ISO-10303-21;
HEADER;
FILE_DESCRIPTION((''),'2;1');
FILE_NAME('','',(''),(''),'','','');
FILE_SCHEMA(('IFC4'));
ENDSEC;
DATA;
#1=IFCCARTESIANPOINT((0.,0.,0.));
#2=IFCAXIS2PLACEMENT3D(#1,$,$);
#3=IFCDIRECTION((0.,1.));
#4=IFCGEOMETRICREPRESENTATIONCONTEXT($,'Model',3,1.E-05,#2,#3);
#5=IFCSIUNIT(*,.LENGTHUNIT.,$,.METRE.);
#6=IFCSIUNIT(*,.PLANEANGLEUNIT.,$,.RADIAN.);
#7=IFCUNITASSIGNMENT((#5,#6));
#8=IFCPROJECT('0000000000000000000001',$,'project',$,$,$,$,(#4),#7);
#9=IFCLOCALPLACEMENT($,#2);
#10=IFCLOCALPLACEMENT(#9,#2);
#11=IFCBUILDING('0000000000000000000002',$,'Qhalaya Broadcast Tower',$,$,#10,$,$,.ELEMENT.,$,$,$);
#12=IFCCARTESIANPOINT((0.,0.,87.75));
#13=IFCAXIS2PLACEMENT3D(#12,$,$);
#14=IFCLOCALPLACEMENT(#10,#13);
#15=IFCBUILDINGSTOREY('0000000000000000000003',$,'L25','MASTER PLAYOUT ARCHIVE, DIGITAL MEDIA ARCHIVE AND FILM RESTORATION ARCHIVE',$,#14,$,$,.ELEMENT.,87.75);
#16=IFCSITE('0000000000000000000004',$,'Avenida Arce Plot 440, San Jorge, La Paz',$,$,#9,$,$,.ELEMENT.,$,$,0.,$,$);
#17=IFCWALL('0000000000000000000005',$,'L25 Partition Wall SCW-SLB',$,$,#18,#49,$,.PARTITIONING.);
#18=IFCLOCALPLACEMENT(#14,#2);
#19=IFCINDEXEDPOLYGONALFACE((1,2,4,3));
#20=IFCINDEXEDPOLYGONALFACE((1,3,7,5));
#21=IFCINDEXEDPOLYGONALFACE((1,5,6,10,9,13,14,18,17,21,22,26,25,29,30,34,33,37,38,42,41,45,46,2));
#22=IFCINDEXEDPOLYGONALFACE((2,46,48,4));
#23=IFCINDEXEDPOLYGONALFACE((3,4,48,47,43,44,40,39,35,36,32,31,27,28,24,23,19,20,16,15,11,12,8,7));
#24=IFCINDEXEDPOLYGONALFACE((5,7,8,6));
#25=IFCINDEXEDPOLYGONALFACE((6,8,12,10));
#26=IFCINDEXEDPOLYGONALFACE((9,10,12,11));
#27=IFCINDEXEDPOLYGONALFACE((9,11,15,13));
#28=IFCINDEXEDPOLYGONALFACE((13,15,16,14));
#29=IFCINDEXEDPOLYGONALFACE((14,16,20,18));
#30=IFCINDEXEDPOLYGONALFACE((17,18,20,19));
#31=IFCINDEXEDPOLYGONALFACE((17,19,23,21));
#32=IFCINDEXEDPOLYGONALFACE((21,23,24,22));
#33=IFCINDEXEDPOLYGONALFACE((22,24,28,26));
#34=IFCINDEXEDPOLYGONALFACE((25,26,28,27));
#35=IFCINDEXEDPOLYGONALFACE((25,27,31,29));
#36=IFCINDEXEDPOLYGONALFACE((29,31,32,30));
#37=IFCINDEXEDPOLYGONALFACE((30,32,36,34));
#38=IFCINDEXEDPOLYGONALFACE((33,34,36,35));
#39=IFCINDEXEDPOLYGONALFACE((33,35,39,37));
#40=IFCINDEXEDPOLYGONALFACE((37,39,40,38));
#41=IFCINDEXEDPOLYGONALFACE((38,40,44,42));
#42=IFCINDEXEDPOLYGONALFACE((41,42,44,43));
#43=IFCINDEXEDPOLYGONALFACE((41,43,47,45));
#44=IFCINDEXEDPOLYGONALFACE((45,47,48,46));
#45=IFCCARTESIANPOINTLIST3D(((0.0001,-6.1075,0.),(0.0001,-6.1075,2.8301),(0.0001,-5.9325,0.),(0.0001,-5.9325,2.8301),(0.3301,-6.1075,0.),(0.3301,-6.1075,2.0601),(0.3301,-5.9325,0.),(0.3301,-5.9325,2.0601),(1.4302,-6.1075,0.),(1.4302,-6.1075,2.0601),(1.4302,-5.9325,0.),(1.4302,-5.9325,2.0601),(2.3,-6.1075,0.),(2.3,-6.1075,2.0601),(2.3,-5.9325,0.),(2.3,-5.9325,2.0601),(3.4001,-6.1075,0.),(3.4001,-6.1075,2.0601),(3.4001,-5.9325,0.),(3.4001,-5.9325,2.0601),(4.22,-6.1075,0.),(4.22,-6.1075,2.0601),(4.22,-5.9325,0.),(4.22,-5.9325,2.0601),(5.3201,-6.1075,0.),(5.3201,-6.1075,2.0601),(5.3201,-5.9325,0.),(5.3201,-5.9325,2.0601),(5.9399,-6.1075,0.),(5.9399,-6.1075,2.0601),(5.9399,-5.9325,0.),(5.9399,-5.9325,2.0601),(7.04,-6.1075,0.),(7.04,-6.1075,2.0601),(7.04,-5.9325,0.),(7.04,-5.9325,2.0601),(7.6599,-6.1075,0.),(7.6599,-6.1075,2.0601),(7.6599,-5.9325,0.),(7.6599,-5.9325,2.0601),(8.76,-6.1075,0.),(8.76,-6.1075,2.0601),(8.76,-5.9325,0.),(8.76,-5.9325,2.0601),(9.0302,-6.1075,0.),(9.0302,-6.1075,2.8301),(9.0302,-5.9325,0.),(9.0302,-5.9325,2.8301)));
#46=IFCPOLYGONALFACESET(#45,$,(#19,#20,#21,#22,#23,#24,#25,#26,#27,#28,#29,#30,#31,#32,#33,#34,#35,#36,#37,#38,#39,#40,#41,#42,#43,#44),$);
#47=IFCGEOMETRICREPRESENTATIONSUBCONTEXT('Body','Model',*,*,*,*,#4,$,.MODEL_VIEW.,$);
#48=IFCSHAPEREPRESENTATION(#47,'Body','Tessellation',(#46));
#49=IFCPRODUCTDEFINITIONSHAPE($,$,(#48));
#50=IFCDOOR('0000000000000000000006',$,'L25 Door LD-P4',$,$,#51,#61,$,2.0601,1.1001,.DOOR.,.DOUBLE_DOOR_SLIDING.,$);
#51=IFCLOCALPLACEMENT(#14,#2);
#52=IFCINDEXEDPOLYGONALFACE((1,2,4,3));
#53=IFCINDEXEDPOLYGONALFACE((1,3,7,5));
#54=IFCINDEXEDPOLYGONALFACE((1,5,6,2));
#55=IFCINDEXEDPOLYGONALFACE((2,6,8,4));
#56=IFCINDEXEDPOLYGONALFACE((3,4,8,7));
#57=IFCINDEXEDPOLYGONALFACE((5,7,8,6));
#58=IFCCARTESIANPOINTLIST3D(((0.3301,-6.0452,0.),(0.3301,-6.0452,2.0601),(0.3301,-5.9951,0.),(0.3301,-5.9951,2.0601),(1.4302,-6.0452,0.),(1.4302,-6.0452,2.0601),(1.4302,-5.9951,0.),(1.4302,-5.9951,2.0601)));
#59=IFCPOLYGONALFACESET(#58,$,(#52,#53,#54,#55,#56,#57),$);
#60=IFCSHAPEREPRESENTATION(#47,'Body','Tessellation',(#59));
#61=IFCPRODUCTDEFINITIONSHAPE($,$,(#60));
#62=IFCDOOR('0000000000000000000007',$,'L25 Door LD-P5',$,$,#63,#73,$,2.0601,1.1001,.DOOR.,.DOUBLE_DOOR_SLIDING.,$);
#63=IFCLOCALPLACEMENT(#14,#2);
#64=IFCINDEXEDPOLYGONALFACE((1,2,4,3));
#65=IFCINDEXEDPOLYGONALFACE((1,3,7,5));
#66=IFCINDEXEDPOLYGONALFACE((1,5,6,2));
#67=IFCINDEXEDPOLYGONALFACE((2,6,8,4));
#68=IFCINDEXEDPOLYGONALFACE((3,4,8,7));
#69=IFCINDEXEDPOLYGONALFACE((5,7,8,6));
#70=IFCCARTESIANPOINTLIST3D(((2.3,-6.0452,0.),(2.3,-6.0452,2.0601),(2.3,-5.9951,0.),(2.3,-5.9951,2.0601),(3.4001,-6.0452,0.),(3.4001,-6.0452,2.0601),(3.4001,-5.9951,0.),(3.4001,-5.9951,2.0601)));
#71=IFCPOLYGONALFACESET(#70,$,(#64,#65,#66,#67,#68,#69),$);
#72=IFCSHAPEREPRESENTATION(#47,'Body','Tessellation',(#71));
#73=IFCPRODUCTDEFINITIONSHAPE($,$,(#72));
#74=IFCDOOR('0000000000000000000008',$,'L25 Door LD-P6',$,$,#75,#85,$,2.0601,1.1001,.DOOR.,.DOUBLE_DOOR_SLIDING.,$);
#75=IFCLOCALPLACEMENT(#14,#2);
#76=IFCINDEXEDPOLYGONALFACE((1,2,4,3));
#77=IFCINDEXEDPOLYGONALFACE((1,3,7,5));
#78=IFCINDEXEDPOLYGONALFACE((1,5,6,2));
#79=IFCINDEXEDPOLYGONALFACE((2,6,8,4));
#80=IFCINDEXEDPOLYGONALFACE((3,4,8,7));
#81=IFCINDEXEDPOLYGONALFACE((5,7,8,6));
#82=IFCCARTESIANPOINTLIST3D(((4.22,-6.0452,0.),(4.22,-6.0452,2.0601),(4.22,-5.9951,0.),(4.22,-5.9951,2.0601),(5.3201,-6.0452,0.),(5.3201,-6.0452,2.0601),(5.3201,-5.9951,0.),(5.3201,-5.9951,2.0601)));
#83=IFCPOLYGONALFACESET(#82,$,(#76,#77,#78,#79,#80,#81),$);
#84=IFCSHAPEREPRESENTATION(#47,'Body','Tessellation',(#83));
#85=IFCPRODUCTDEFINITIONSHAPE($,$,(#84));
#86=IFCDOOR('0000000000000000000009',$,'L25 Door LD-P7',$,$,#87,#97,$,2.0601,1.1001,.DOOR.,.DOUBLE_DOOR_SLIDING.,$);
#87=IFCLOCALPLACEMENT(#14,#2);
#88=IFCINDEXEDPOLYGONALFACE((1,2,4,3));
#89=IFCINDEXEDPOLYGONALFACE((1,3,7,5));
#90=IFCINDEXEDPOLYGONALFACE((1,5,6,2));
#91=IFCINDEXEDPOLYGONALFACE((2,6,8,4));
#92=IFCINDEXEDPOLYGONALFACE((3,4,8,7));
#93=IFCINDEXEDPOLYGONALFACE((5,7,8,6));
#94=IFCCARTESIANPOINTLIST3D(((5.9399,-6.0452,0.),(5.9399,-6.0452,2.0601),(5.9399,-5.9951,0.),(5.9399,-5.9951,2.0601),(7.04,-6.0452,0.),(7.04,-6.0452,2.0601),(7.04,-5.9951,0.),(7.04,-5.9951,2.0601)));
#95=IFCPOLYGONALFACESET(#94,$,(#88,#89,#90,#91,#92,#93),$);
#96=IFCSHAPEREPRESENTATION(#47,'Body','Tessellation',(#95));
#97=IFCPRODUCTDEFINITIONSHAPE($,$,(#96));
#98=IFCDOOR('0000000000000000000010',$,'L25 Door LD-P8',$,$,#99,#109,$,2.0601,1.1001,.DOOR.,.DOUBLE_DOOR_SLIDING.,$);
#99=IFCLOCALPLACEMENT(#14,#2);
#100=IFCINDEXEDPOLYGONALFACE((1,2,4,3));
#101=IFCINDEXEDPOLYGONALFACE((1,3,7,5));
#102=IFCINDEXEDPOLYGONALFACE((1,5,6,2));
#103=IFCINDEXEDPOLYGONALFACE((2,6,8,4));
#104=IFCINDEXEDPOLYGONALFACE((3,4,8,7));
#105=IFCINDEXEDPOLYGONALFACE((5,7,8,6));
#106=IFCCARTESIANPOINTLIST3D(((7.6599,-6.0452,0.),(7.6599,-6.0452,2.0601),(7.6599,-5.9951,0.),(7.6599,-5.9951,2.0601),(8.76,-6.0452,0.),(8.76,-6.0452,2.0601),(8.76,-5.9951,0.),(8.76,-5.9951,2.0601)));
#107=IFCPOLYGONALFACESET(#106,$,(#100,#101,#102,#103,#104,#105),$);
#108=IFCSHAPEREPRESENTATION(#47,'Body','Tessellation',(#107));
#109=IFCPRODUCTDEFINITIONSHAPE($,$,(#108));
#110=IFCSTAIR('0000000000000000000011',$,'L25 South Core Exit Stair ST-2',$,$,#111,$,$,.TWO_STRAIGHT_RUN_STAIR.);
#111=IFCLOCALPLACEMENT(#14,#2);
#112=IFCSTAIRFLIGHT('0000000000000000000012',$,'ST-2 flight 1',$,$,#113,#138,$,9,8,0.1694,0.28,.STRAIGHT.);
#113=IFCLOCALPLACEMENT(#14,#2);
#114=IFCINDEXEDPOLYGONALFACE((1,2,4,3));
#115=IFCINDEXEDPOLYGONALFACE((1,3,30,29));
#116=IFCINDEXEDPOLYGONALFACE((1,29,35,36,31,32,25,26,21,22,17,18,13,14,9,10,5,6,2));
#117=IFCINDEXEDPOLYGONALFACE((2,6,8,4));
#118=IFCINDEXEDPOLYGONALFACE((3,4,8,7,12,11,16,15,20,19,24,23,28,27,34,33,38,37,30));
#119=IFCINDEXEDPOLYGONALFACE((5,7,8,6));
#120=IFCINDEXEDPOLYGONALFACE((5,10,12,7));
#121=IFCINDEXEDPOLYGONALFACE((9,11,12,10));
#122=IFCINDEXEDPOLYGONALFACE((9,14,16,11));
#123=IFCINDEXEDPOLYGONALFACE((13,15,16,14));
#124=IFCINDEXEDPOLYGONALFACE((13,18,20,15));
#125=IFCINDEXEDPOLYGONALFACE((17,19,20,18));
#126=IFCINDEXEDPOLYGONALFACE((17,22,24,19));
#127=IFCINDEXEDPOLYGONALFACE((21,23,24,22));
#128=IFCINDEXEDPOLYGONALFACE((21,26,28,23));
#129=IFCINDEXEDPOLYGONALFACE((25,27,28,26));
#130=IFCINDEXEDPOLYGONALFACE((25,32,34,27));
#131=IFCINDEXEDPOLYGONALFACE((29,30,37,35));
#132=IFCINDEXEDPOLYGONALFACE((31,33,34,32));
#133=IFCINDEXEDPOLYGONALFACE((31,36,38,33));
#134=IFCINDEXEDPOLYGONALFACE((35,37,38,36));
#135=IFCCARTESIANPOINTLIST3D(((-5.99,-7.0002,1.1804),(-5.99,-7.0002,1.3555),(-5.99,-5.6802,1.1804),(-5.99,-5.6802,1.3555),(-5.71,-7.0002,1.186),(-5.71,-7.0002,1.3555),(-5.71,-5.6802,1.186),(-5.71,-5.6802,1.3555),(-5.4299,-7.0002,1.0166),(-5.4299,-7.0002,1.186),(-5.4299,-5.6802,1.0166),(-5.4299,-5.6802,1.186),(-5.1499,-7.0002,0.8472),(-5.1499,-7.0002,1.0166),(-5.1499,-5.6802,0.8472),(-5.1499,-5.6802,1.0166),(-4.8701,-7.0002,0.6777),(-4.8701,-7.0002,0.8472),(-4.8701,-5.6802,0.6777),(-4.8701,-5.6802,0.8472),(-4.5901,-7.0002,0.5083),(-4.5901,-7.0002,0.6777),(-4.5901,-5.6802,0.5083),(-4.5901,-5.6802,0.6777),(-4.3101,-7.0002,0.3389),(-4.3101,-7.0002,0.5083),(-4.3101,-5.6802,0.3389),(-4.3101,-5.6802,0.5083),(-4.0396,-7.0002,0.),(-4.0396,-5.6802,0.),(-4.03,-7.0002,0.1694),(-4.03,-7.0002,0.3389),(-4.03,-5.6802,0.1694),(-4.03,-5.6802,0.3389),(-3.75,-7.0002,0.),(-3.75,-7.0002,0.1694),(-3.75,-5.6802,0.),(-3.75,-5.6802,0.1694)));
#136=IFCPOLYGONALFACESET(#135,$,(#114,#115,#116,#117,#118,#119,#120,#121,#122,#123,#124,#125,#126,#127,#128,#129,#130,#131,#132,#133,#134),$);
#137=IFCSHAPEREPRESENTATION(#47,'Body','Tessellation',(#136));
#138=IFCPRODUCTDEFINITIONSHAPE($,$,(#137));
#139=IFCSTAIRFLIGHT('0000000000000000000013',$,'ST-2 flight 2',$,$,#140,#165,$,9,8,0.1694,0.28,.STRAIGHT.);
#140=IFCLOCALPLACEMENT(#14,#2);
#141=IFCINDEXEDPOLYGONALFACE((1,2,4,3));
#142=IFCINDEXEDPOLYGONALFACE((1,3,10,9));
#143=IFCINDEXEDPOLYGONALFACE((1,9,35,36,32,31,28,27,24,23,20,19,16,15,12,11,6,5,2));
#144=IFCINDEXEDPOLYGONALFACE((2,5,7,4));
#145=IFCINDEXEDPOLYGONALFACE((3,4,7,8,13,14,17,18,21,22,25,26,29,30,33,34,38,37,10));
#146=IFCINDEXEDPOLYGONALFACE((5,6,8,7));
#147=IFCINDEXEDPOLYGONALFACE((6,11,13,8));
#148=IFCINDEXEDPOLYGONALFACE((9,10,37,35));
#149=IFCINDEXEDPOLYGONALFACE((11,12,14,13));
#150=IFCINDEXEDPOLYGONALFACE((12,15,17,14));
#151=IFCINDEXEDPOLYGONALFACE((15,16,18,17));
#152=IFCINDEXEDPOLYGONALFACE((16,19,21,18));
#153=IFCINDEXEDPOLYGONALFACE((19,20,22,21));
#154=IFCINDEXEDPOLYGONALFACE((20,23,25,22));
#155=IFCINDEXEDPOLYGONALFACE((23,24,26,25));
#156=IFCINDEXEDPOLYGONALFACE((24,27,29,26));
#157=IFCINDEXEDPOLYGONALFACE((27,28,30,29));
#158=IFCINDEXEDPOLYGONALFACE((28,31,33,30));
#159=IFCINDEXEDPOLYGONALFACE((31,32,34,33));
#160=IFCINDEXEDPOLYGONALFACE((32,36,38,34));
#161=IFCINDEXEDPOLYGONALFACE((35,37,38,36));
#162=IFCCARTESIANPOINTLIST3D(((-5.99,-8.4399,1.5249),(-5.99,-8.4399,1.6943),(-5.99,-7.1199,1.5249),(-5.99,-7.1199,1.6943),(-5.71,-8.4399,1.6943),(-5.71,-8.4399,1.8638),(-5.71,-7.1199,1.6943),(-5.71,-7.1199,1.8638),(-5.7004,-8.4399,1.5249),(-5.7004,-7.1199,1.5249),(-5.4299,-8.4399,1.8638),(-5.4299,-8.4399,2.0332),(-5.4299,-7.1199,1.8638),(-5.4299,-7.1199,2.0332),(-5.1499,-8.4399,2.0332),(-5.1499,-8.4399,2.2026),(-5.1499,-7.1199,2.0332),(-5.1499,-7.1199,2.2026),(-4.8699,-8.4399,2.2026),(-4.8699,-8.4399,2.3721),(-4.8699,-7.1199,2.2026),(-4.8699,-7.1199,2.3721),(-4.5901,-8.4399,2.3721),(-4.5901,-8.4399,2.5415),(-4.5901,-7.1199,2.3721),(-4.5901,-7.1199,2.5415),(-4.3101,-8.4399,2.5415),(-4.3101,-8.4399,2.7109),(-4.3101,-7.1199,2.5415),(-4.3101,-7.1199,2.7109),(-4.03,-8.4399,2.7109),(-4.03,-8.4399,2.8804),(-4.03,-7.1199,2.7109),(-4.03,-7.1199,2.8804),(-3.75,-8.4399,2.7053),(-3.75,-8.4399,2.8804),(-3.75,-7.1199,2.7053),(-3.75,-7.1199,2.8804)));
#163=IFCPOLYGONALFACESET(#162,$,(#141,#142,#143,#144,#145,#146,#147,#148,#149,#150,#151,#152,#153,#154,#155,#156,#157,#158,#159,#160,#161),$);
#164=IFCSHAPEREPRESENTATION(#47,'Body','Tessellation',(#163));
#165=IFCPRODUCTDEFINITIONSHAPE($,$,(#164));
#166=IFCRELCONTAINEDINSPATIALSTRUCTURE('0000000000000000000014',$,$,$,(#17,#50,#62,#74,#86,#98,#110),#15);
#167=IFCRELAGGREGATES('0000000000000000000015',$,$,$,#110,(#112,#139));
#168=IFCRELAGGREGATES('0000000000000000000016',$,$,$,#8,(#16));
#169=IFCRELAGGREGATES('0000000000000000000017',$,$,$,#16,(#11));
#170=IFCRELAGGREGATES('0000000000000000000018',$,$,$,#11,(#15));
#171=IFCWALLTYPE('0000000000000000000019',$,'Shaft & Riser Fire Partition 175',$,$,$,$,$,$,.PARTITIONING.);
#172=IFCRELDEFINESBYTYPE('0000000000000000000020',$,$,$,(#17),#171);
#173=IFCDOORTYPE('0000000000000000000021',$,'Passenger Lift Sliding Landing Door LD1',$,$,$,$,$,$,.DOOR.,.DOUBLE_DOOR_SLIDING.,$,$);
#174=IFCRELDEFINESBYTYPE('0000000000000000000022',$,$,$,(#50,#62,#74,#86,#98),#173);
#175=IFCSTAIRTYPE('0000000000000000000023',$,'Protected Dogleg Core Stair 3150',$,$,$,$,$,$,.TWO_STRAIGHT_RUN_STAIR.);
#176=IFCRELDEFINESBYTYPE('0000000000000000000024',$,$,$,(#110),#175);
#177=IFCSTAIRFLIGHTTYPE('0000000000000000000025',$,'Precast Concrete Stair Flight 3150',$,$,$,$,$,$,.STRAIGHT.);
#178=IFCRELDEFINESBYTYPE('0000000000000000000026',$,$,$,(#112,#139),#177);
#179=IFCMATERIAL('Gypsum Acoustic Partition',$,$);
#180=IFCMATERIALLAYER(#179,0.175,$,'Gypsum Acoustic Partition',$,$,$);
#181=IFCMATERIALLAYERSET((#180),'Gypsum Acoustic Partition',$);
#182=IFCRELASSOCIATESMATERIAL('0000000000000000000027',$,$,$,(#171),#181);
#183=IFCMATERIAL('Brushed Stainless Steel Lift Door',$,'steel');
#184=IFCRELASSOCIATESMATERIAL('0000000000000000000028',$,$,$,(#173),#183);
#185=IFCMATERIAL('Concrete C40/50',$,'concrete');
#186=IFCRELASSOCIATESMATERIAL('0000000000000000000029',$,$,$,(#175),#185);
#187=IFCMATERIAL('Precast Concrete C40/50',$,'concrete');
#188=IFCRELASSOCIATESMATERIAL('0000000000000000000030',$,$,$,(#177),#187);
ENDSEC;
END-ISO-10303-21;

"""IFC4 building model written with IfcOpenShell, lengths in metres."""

from ifc_helpers import new_model, si_unit, direction, frame, frame_2d, origin, place, context, subcontext, project, spatial, polyline, rectangle, outline, extrude, material, layer, layer_set, type_object, element, fill, aggregate, save


model = new_model("IFC4")

# Units and contexts
model_context = context("Model", 3, precision=1e-05, world=origin(), true_north=direction((0.0, 1.0)))
body_context = subcontext(model_context, "Body", "Model", "MODEL_VIEW")
ifc_project = project(units=[si_unit("LENGTHUNIT", "METRE"), si_unit("PLANEANGLEUNIT", "RADIAN")], contexts=[model_context])

# Site, building, storey
site_placement = place(None, origin())
site = spatial("IfcSite", under=ifc_project, at=site_placement, Name="Avenida Arce Plot 440, San Jorge, La Paz", CompositionType="ELEMENT", RefElevation=0.0)
building_placement = place(site_placement, origin())
building = spatial("IfcBuilding", under=site, at=building_placement, Name="Qhalaya Broadcast Tower", CompositionType="ELEMENT")
storey_placement = place(building_placement, frame((0.0, 0.0, 87.75)))
storey = spatial("IfcBuildingStorey", under=building, at=storey_placement, Name="L25", Description="MASTER PLAYOUT ARCHIVE, DIGITAL MEDIA ARCHIVE AND FILM RESTORATION ARCHIVE", CompositionType="ELEMENT", Elevation=87.75)

# Shared definitions
ifc_material_1 = material(Name="Brushed Stainless Steel Lift Door", Category="steel")
ifc_material_2 = material(Name="Gypsum Acoustic Partition")
ifc_layer_1 = layer(ifc_material_2, 0.175, Name="Gypsum Acoustic Partition")
ifc_layer_set_1 = layer_set([ifc_layer_1], Name="Gypsum Acoustic Partition")
wall_type_1 = type_object("IfcWallType", Name="Shaft & Riser Fire Partition 175", PredefinedType="PARTITIONING", material=ifc_layer_set_1)

# Wall, openings, doors
wall_1_placement = place(storey_placement, frame((0.0, -6.02, 0.0), z_axis=(0.0, 0.0, 1.0), x_axis=(1.0, 0.0, 0.0)))
wall_1 = element("IfcWall", 1, at=wall_1_placement, inside=storey, type_object=wall_type_1, Name="L25 Partition Wall SCW-SLB", PredefinedType="PARTITIONING", context=body_context, shape_type="SweptSolid", body=[
    extrude(rectangle(XDim=9.03, YDim=0.175, at=frame_2d((4.5151, 0.0))), origin(), (0.0, 0.0, 1.0), 2.8301),
])
opening_1_placement = place(wall_1_placement, frame((0.3301, 0.0, 0.0)))
opening_1 = element("IfcOpeningElement", 2, at=opening_1_placement, cuts=wall_1, PredefinedType="OPENING", context=body_context, shape_type="SweptSolid", body=[
    extrude(rectangle(XDim=1.1001, YDim=2.0601, at=frame_2d((0.55, 1.03))), frame((0.0, 0.0996, 0.0), z_axis=(0.0, -1.0, 0.0), x_axis=(1.0, 0.0, 0.0)), (0.0, 0.0, 1.0), 0.199),
])
opening_2_placement = place(wall_1_placement, frame((2.3, 0.0, 0.0)))
opening_2 = element("IfcOpeningElement", 3, at=opening_2_placement, cuts=wall_1, PredefinedType="OPENING", context=body_context, shape_type="SweptSolid", body=[
    extrude(rectangle(XDim=1.1001, YDim=2.0601, at=frame_2d((0.55, 1.03))), frame((0.0, 0.0996, 0.0), z_axis=(0.0, -1.0, 0.0), x_axis=(1.0, 0.0, 0.0)), (0.0, 0.0, 1.0), 0.199),
])
opening_3_placement = place(wall_1_placement, frame((4.22, 0.0, 0.0)))
opening_3 = element("IfcOpeningElement", 4, at=opening_3_placement, cuts=wall_1, PredefinedType="OPENING", context=body_context, shape_type="SweptSolid", body=[
    extrude(rectangle(XDim=1.1001, YDim=2.0601, at=frame_2d((0.55, 1.03))), frame((0.0, 0.0996, 0.0), z_axis=(0.0, -1.0, 0.0), x_axis=(1.0, 0.0, 0.0)), (0.0, 0.0, 1.0), 0.199),
])
opening_4_placement = place(wall_1_placement, frame((5.9399, 0.0, 0.0)))
opening_4 = element("IfcOpeningElement", 5, at=opening_4_placement, cuts=wall_1, PredefinedType="OPENING", context=body_context, shape_type="SweptSolid", body=[
    extrude(rectangle(XDim=1.1001, YDim=2.0601, at=frame_2d((0.55, 1.03))), frame((0.0, 0.0996, 0.0), z_axis=(0.0, -1.0, 0.0), x_axis=(1.0, 0.0, 0.0)), (0.0, 0.0, 1.0), 0.199),
])
opening_5_placement = place(wall_1_placement, frame((7.6599, 0.0, 0.0)))
opening_5 = element("IfcOpeningElement", 6, at=opening_5_placement, cuts=wall_1, PredefinedType="OPENING", context=body_context, shape_type="SweptSolid", body=[
    extrude(rectangle(XDim=1.1001, YDim=2.0601, at=frame_2d((0.55, 1.03))), frame((0.0, 0.0996, 0.0), z_axis=(0.0, -1.0, 0.0), x_axis=(1.0, 0.0, 0.0)), (0.0, 0.0, 1.0), 0.199),
])
door_type_1 = type_object("IfcDoorType", Name="Passenger Lift Sliding Landing Door LD1", OperationType="DOUBLE_DOOR_SLIDING", PredefinedType="DOOR", material=ifc_material_1)
door_1_placement = place(opening_1_placement, origin())
door_1 = element("IfcDoor", 7, at=door_1_placement, inside=storey, type_object=door_type_1, Name="L25 Door LD-P4", OperationType="DOUBLE_DOOR_SLIDING", OverallHeight=2.0601, OverallWidth=1.1001, PredefinedType="DOOR", context=body_context, shape_type="SweptSolid", body=[
    extrude(rectangle(XDim=1.1001, YDim=2.0601, at=frame_2d((0.55, 1.03))), frame((0.0, 0.0249, 0.0), z_axis=(0.0, -1.0, 0.0), x_axis=(1.0, 0.0, 0.0)), (0.0, 0.0, 1.0), 0.05),
])
fill(opening_1, door_1)
door_2_placement = place(opening_2_placement, origin())
door_2 = element("IfcDoor", 8, at=door_2_placement, inside=storey, type_object=door_type_1, Name="L25 Door LD-P5", OperationType="DOUBLE_DOOR_SLIDING", OverallHeight=2.0601, OverallWidth=1.1001, PredefinedType="DOOR", context=body_context, shape_type="SweptSolid", body=[
    extrude(rectangle(XDim=1.1001, YDim=2.0601, at=frame_2d((0.55, 1.03))), frame((0.0, 0.0249, 0.0), z_axis=(0.0, -1.0, 0.0), x_axis=(1.0, 0.0, 0.0)), (0.0, 0.0, 1.0), 0.05),
])
fill(opening_2, door_2)
door_3_placement = place(opening_3_placement, origin())
door_3 = element("IfcDoor", 9, at=door_3_placement, inside=storey, type_object=door_type_1, Name="L25 Door LD-P6", OperationType="DOUBLE_DOOR_SLIDING", OverallHeight=2.0601, OverallWidth=1.1001, PredefinedType="DOOR", context=body_context, shape_type="SweptSolid", body=[
    extrude(rectangle(XDim=1.1001, YDim=2.0601, at=frame_2d((0.55, 1.03))), frame((0.0, 0.0249, 0.0), z_axis=(0.0, -1.0, 0.0), x_axis=(1.0, 0.0, 0.0)), (0.0, 0.0, 1.0), 0.05),
])
fill(opening_3, door_3)
door_4_placement = place(opening_4_placement, origin())
door_4 = element("IfcDoor", 10, at=door_4_placement, inside=storey, type_object=door_type_1, Name="L25 Door LD-P7", OperationType="DOUBLE_DOOR_SLIDING", OverallHeight=2.0601, OverallWidth=1.1001, PredefinedType="DOOR", context=body_context, shape_type="SweptSolid", body=[
    extrude(rectangle(XDim=1.1001, YDim=2.0601, at=frame_2d((0.55, 1.03))), frame((0.0, 0.0249, 0.0), z_axis=(0.0, -1.0, 0.0), x_axis=(1.0, 0.0, 0.0)), (0.0, 0.0, 1.0), 0.05),
])
fill(opening_4, door_4)
door_5_placement = place(opening_5_placement, origin())
door_5 = element("IfcDoor", 11, at=door_5_placement, inside=storey, type_object=door_type_1, Name="L25 Door LD-P8", OperationType="DOUBLE_DOOR_SLIDING", OverallHeight=2.0601, OverallWidth=1.1001, PredefinedType="DOOR", context=body_context, shape_type="SweptSolid", body=[
    extrude(rectangle(XDim=1.1001, YDim=2.0601, at=frame_2d((0.55, 1.03))), frame((0.0, 0.0249, 0.0), z_axis=(0.0, -1.0, 0.0), x_axis=(1.0, 0.0, 0.0)), (0.0, 0.0, 1.0), 0.05),
])
fill(opening_5, door_5)

# Stair, stair flights
ifc_material_3 = material(Name="Concrete C40/50", Category="concrete")
stair_type = type_object("IfcStairType", Name="Protected Dogleg Core Stair 3150", PredefinedType="TWO_STRAIGHT_RUN_STAIR", material=ifc_material_3)
stair_placement = place(storey_placement, origin())
stair = element("IfcStair", 12, at=stair_placement, inside=storey, type_object=stair_type, Name="L25 South Core Exit Stair ST-2", PredefinedType="TWO_STRAIGHT_RUN_STAIR")
ifc_material_4 = material(Name="Precast Concrete C40/50", Category="concrete")
stair_flight_type = type_object("IfcStairFlightType", Name="Precast Concrete Stair Flight 3150", PredefinedType="STRAIGHT", material=ifc_material_4)
stair_flight_1_placement = place(storey_placement, frame((-3.75, -6.3401, 0.0), z_axis=(0.0, 0.0, 1.0), x_axis=(-1.0, 0.0, 0.0)))
stair_flight_1 = element("IfcStairFlight", 13, at=stair_flight_1_placement, type_object=stair_flight_type, Name="ST-2 flight 1", NumberOfRisers=9, NumberOfTreads=8, PredefinedType="STRAIGHT", RiserHeight=0.1694, TreadLength=0.28, context=body_context, shape_type="SweptSolid", body=[
    extrude(outline(polyline([(0.0, 0.0), (0.0, 0.1694), (0.28, 0.1694), (0.28, 0.3389), (0.5601, 0.3389), (0.5601, 0.5083), (0.8401, 0.5083), (0.8401, 0.6777), (1.1201, 0.6777), (1.1201, 0.8472), (1.3999, 0.8472), (1.3999, 1.0166), (1.6799, 1.0166), (1.6799, 1.186), (1.96, 1.186), (1.96, 1.3555), (2.24, 1.3555), (2.24, 1.5249), (2.24, 1.1804), (0.2896, 0.0), (0.0, 0.0)])), frame((0.0, 0.6602, 0.0), z_axis=(0.0, -1.0, 0.0), x_axis=(1.0, 0.0, 0.0)), (0.0, 0.0, 1.0), 1.3201),
])
stair_flight_2_placement = place(storey_placement, frame((-5.99, -7.78, 1.5249), z_axis=(0.0, 0.0, 1.0), x_axis=(1.0, 0.0, 0.0)))
stair_flight_2 = element("IfcStairFlight", 14, at=stair_flight_2_placement, type_object=stair_flight_type, Name="ST-2 flight 2", NumberOfRisers=9, NumberOfTreads=8, PredefinedType="STRAIGHT", RiserHeight=0.1694, TreadLength=0.28, context=body_context, shape_type="SweptSolid", body=[
    extrude(outline(polyline([(0.0, 0.0), (0.0, 0.1694), (0.28, 0.1694), (0.28, 0.3389), (0.5601, 0.3389), (0.5601, 0.5083), (0.8401, 0.5083), (0.8401, 0.6777), (1.1201, 0.6777), (1.1201, 0.8472), (1.3999, 0.8472), (1.3999, 1.0166), (1.6799, 1.0166), (1.6799, 1.186), (1.96, 1.186), (1.96, 1.3555), (2.24, 1.3555), (2.24, 1.5249), (2.24, 1.1804), (0.2896, 0.0), (0.0, 0.0)])), frame((0.0, 0.6602, 0.0), z_axis=(0.0, -1.0, 0.0), x_axis=(1.0, 0.0, 0.0)), (0.0, 0.0, 1.0), 1.3201),
])
aggregate(stair, [stair_flight_1, stair_flight_2])

save(model, "model.ifc")
